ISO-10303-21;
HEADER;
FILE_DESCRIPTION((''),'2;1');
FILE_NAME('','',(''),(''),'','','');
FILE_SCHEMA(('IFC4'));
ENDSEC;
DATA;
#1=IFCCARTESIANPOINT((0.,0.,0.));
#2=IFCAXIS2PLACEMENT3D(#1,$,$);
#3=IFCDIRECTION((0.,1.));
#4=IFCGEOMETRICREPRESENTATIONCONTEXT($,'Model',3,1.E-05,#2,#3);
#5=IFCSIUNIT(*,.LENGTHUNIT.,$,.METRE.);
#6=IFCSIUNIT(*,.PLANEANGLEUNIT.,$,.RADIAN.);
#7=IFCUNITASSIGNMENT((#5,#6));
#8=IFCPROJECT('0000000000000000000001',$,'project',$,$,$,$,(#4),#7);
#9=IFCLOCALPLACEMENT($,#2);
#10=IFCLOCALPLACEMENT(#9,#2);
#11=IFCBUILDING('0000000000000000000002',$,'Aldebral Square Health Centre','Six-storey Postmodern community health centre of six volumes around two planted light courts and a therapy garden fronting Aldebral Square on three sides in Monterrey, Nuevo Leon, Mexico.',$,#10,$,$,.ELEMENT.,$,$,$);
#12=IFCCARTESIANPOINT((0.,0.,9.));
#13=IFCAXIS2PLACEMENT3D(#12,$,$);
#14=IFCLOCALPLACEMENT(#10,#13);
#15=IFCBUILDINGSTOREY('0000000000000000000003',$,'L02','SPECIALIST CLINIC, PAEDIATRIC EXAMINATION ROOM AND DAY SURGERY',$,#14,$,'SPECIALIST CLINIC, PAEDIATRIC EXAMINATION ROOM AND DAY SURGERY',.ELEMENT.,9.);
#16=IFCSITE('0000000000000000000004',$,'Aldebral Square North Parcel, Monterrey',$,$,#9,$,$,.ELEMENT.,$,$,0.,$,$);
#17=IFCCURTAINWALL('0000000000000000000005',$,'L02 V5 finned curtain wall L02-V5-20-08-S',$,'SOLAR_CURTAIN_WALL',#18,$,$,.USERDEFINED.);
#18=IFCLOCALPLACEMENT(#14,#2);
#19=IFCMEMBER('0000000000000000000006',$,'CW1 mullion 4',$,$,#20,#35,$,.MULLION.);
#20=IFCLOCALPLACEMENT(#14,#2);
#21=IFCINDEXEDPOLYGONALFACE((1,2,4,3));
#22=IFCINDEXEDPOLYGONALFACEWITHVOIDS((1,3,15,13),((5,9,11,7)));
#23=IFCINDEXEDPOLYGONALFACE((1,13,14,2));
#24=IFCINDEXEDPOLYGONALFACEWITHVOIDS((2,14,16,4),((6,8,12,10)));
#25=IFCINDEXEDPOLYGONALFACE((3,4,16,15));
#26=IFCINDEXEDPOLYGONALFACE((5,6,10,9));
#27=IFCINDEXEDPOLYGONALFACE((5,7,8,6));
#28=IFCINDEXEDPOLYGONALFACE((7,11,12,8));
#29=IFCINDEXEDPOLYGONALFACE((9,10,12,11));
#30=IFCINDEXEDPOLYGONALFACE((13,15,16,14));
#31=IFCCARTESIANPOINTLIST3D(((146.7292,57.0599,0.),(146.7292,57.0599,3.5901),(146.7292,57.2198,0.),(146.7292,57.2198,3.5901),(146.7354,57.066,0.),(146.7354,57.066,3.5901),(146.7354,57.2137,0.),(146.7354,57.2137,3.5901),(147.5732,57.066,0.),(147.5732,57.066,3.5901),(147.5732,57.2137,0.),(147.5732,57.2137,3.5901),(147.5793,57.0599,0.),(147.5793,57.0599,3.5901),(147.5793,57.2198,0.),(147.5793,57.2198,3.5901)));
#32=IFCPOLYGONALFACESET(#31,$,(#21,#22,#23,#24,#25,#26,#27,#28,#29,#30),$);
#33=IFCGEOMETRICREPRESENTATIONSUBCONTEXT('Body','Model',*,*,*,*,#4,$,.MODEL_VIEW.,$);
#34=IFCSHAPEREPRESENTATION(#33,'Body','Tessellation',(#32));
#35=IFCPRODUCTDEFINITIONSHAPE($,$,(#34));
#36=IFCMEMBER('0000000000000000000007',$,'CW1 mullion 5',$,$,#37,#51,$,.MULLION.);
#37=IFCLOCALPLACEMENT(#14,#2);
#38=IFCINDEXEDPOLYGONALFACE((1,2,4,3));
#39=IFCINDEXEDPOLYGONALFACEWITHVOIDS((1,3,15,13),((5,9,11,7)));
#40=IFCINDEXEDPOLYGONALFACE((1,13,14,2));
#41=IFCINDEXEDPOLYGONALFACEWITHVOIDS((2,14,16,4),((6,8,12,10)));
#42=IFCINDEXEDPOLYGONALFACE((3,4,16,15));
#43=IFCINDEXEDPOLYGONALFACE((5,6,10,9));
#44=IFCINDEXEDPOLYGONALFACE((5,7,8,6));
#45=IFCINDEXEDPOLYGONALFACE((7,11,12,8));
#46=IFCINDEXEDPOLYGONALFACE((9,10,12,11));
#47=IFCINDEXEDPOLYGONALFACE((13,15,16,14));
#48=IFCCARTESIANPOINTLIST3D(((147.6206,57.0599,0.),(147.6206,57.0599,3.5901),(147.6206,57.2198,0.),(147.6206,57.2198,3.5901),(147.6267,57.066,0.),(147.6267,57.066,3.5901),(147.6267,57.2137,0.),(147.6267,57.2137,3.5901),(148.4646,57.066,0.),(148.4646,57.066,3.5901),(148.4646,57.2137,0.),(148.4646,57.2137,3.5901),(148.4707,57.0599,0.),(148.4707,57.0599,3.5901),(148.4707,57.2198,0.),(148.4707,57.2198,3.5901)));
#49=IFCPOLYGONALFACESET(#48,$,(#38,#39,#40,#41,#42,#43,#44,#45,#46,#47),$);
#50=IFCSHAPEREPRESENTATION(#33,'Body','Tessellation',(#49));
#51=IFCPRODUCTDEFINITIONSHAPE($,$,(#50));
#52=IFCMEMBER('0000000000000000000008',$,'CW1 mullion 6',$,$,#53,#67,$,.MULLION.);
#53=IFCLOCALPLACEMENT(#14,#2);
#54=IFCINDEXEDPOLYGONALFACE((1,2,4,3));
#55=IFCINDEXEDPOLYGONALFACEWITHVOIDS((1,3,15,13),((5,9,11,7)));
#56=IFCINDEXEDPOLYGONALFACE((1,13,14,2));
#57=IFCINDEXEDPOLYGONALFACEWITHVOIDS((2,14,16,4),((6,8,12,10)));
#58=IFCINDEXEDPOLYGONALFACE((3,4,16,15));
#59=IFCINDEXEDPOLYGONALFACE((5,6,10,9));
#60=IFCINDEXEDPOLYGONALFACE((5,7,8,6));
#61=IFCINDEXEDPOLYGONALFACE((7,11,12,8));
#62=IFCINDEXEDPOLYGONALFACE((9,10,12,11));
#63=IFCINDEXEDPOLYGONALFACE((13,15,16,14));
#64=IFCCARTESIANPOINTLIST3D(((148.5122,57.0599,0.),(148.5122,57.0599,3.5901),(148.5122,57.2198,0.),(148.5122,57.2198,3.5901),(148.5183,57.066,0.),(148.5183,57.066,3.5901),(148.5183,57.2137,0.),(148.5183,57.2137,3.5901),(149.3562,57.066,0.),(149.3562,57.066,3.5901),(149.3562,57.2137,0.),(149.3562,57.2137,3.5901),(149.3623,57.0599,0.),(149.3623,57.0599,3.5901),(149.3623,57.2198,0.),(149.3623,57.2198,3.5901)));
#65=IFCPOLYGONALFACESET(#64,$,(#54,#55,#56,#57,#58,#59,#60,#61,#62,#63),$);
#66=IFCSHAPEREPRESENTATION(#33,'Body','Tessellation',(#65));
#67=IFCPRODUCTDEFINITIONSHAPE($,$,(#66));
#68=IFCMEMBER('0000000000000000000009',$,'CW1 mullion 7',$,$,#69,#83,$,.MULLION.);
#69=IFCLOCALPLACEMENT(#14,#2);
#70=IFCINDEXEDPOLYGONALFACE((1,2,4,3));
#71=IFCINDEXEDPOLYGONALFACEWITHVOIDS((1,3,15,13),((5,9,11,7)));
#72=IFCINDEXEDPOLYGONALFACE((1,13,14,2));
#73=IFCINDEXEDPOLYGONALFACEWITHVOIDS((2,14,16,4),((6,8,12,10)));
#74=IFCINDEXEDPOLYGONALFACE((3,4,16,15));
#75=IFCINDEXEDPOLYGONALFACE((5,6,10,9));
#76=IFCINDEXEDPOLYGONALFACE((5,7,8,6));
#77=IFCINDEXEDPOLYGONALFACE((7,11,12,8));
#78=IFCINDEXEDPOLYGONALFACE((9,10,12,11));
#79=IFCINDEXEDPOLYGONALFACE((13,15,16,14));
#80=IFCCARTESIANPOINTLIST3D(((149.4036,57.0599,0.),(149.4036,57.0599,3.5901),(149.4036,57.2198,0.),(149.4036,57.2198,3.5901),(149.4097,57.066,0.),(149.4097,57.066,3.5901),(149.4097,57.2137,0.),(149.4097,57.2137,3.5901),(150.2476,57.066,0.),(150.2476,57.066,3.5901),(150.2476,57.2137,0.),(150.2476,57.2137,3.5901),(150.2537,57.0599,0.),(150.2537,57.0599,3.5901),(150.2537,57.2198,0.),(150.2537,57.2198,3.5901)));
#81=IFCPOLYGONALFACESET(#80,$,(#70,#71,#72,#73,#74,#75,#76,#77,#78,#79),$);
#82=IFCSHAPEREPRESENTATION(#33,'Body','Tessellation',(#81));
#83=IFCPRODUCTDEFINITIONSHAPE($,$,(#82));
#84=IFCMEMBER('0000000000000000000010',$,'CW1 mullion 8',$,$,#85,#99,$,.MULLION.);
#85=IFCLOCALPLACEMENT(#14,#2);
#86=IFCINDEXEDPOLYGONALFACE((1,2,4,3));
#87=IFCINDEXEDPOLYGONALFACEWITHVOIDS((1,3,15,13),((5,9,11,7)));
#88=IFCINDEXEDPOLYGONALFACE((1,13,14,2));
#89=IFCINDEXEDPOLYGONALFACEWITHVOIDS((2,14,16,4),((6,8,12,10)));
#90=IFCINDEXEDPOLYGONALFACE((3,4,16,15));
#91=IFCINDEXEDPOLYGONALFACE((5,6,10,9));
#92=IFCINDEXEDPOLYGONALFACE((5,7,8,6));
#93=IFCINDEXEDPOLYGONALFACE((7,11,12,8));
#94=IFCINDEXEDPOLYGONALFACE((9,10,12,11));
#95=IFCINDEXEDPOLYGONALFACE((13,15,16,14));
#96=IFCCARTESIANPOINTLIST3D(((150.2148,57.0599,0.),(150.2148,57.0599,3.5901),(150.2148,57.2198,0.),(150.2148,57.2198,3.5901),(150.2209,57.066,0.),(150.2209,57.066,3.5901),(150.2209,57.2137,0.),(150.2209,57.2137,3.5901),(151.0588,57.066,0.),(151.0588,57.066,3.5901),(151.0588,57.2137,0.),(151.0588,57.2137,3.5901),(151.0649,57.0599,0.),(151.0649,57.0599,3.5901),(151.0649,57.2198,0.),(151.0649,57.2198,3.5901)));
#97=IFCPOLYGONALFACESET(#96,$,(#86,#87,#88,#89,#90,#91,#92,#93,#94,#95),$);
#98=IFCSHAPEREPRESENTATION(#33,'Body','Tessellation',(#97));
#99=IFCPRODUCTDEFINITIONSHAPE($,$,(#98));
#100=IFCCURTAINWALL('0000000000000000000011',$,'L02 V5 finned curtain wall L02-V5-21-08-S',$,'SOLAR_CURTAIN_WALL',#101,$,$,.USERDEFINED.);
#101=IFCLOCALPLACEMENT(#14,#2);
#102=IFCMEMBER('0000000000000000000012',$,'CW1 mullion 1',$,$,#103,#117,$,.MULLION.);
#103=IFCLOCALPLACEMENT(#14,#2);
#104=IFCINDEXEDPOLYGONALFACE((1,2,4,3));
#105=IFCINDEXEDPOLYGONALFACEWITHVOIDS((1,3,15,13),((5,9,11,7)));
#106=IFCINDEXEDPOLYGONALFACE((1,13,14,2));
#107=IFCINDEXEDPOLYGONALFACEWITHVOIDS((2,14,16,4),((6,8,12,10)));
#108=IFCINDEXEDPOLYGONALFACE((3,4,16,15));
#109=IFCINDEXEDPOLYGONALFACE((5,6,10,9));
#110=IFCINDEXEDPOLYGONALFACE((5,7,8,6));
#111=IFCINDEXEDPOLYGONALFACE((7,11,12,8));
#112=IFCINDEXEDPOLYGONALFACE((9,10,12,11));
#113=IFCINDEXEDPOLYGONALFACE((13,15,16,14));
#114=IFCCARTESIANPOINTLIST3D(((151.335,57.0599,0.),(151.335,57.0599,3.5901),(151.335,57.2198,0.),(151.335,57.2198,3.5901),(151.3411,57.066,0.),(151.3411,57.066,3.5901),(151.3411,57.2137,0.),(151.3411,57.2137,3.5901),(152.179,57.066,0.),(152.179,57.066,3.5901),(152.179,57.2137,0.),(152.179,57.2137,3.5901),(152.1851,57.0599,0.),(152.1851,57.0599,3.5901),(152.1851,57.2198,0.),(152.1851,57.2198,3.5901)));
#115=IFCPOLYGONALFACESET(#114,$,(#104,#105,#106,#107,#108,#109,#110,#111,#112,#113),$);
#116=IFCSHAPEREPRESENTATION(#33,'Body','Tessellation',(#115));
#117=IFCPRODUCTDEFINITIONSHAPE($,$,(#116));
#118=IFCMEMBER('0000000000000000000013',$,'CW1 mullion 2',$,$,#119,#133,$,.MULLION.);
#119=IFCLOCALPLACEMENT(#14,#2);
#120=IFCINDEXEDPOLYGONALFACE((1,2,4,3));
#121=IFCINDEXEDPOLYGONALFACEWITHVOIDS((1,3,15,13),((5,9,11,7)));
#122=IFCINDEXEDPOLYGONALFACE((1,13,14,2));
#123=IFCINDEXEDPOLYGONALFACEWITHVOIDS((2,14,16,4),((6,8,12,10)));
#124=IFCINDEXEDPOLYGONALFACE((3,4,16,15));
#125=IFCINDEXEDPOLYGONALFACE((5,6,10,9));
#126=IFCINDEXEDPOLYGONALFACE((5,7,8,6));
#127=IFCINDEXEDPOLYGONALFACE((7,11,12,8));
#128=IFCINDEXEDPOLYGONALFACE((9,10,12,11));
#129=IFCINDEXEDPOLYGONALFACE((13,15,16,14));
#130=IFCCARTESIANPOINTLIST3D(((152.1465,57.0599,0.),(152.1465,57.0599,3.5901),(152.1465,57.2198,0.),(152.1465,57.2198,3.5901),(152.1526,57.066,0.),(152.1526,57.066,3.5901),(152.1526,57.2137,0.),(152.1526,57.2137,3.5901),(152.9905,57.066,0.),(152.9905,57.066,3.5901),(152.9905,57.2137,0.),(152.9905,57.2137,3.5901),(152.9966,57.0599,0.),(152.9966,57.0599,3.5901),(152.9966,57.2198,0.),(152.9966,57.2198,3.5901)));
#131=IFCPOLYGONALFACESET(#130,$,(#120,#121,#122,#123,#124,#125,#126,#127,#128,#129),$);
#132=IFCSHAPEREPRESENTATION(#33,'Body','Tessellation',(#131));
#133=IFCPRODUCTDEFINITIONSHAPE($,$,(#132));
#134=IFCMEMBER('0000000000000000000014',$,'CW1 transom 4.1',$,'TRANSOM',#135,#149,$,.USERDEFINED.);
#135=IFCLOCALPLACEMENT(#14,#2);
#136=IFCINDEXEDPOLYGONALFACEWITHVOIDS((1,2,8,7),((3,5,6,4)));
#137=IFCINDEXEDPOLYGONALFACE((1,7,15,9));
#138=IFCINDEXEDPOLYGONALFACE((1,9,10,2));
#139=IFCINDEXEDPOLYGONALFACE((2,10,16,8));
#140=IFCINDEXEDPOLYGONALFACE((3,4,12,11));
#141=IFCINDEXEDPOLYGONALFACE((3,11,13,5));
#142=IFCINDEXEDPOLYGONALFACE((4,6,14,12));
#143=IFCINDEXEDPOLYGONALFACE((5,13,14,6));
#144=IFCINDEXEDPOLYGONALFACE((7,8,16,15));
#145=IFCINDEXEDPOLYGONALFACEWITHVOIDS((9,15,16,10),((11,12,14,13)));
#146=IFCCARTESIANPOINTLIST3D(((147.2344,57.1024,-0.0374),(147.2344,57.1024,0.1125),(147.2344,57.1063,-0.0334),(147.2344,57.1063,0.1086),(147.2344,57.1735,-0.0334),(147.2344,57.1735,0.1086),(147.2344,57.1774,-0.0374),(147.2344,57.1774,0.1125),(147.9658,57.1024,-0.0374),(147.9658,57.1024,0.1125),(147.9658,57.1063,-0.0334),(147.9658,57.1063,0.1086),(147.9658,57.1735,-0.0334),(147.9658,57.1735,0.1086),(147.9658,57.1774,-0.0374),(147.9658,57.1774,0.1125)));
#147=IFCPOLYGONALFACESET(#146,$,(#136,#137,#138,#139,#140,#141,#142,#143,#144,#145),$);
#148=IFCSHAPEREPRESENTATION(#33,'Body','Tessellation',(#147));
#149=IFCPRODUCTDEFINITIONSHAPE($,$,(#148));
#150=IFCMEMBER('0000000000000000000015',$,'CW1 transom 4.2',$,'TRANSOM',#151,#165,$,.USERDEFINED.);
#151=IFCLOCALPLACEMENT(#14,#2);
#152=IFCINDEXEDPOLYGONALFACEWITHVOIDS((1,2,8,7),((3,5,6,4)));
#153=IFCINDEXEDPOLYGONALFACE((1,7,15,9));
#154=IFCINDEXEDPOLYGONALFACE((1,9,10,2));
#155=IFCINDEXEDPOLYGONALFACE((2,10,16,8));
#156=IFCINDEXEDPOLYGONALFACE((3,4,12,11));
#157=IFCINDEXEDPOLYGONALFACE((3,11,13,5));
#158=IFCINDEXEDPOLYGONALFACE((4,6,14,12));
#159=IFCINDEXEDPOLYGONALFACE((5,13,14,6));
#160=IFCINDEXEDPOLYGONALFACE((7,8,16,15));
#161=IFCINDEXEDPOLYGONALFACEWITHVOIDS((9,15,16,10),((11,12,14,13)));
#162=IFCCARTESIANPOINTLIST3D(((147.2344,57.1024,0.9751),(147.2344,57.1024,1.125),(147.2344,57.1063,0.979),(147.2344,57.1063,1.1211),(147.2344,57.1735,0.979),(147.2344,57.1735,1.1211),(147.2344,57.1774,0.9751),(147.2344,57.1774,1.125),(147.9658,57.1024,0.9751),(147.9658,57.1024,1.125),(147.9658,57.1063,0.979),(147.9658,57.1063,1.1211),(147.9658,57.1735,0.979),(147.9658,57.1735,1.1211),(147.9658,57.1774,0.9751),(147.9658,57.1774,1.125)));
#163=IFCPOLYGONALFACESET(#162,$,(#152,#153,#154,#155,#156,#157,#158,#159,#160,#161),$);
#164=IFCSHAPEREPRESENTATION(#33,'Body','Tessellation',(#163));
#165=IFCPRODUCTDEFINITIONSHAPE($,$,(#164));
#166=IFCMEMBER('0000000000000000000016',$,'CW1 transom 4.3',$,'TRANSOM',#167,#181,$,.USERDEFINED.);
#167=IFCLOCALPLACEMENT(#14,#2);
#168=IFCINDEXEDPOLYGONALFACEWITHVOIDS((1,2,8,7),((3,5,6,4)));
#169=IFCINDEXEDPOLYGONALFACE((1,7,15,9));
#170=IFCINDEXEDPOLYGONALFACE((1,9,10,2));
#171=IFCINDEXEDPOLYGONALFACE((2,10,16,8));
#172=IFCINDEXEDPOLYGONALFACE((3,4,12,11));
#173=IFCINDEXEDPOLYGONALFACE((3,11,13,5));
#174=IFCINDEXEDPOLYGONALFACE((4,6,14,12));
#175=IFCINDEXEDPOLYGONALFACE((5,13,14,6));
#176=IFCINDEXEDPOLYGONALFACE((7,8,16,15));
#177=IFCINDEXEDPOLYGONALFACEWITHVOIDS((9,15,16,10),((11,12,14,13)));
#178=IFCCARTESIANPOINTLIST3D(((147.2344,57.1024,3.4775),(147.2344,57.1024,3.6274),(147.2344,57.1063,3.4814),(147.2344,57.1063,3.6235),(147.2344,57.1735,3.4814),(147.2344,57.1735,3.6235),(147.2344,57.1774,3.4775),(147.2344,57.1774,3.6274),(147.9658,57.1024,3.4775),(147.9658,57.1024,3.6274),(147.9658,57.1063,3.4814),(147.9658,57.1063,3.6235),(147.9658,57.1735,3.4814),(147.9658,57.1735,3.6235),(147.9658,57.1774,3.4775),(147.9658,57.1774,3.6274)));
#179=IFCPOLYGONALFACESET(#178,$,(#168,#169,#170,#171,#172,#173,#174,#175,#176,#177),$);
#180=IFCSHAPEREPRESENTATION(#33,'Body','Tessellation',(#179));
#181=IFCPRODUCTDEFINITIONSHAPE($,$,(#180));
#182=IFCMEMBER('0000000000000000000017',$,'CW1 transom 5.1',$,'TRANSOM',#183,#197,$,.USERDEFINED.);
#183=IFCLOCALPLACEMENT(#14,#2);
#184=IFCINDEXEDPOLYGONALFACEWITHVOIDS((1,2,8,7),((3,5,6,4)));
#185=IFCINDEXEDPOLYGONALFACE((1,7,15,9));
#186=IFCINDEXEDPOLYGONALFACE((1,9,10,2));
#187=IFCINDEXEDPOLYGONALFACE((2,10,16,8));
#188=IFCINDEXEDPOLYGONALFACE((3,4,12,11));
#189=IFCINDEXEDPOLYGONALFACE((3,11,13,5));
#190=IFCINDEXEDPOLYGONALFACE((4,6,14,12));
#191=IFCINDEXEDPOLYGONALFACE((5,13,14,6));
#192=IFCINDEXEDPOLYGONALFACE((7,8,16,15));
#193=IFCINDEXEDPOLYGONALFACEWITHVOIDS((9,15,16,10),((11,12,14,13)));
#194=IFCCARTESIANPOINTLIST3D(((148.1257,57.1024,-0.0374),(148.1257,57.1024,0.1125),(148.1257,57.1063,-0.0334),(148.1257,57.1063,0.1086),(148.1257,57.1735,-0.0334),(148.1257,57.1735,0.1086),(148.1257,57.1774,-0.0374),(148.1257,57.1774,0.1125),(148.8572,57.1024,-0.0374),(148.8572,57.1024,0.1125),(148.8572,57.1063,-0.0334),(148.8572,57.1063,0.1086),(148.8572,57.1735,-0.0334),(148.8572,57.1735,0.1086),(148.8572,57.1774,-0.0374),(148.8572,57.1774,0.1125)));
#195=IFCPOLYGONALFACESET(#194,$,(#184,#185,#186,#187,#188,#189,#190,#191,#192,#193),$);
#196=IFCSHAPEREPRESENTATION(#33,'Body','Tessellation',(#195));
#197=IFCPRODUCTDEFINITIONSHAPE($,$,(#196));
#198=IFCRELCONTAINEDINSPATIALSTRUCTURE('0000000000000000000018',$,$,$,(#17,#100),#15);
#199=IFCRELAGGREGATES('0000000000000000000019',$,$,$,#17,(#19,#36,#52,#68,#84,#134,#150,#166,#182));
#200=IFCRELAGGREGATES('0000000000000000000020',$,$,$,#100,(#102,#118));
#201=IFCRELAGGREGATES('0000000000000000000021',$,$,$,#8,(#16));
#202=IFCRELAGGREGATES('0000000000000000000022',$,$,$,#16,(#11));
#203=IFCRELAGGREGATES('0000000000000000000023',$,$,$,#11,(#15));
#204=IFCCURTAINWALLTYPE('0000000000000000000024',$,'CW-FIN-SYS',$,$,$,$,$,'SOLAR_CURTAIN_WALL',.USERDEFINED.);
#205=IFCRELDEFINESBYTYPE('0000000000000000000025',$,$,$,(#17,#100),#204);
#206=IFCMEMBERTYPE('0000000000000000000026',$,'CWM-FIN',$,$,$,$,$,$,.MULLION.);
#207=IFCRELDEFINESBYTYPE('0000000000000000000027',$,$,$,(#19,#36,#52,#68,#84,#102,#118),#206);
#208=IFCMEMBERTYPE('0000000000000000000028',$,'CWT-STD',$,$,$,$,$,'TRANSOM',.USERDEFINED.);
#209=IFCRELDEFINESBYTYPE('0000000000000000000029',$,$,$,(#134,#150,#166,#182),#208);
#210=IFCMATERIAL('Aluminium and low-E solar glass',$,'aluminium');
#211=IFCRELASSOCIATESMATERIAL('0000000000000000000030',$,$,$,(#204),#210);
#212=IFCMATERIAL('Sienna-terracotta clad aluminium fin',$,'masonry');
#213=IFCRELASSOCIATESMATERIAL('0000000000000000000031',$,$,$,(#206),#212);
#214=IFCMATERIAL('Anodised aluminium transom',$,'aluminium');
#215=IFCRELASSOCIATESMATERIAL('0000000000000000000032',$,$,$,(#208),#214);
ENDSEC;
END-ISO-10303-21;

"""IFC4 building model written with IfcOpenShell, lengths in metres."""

from ifc_helpers import new_model, si_unit, direction, frame, origin, origin_2d, place, context, subcontext, project, spatial, hollow_rectangle, extrude, material, material_profile, profile_set, type_object, element, aggregate, save


model = new_model("IFC4")

# Units and contexts
model_context = context("Model", 3, precision=1e-05, world=origin(), true_north=direction((0.0, 1.0)))
body_context = subcontext(model_context, "Body", "Model", "MODEL_VIEW")
ifc_project = project(units=[si_unit("LENGTHUNIT", "METRE"), si_unit("PLANEANGLEUNIT", "RADIAN")], contexts=[model_context])

# Site, building, storey
site_placement = place(None, origin())
site = spatial("IfcSite", under=ifc_project, at=site_placement, Name="Aldebral Square North Parcel, Monterrey", CompositionType="ELEMENT", RefElevation=0.0)
building_placement = place(site_placement, origin())
building = spatial("IfcBuilding", under=site, at=building_placement, Name="Aldebral Square Health Centre", Description="Six-storey Postmodern community health centre of six volumes around two planted light courts and a therapy garden fronting Aldebral Square on three sides in Monterrey, Nuevo Leon, Mexico.", CompositionType="ELEMENT")
storey_placement = place(building_placement, frame((0.0, 0.0, 9.0)))
storey = spatial("IfcBuildingStorey", under=building, at=storey_placement, Name="L02", Description="SPECIALIST CLINIC, PAEDIATRIC EXAMINATION ROOM AND DAY SURGERY", LongName="SPECIALIST CLINIC, PAEDIATRIC EXAMINATION ROOM AND DAY SURGERY", CompositionType="ELEMENT", Elevation=9.0)

# Curtain walls, members
ifc_material_1 = material(Name="Aluminium and low-E solar glass", Category="aluminium")
curtain_wall_type = type_object("IfcCurtainWallType", Name="CW-FIN-SYS", ElementType="SOLAR_CURTAIN_WALL", PredefinedType="USERDEFINED", material=ifc_material_1)
curtain_wall_1_placement = place(storey_placement, origin())
curtain_wall_1 = element("IfcCurtainWall", 1, at=curtain_wall_1_placement, inside=storey, type_object=curtain_wall_type, Name="L02 V5 finned curtain wall L02-V5-20-08-S", ObjectType="SOLAR_CURTAIN_WALL", PredefinedType="USERDEFINED")
ifc_material_2 = material(Name="Sienna-terracotta clad aluminium fin", Category="masonry")
ifc_material_profile_1 = material_profile(ifc_material_2, hollow_rectangle(XDim=0.1599, YDim=0.8501, WallThickness=0.0061, at=origin_2d()), Name="FIN 160x850x6")
ifc_profile_set_1 = profile_set([ifc_material_profile_1], Name="Sienna-terracotta clad aluminium fin")
member_type_1 = type_object("IfcMemberType", Name="CWM-FIN", PredefinedType="MULLION", material=ifc_profile_set_1)
member_1_placement = place(storey_placement, frame((147.1543, 57.1399, 0.0), z_axis=(0.0, 0.0, 1.0), x_axis=(0.0, 1.0, 0.0)))
member_1 = element("IfcMember", 2, at=member_1_placement, type_object=member_type_1, Name="CW1 mullion 4", PredefinedType="MULLION", context=body_context, shape_type="SweptSolid", body=[
    extrude(hollow_rectangle(XDim=0.1599, YDim=0.8501, WallThickness=0.0061, at=origin_2d()), origin(), (0.0, 0.0, 1.0), 3.5901),
])
member_2_placement = place(storey_placement, frame((148.0457, 57.1399, 0.0), z_axis=(0.0, 0.0, 1.0), x_axis=(0.0, 1.0, 0.0)))
member_2 = element("IfcMember", 3, at=member_2_placement, type_object=member_type_1, Name="CW1 mullion 5", PredefinedType="MULLION", context=body_context, shape_type="SweptSolid", body=[
    extrude(hollow_rectangle(XDim=0.1599, YDim=0.8501, WallThickness=0.0061, at=origin_2d()), origin(), (0.0, 0.0, 1.0), 3.5901),
])
member_3_placement = place(storey_placement, frame((148.9373, 57.1399, 0.0), z_axis=(0.0, 0.0, 1.0), x_axis=(0.0, 1.0, 0.0)))
member_3 = element("IfcMember", 4, at=member_3_placement, type_object=member_type_1, Name="CW1 mullion 6", PredefinedType="MULLION", context=body_context, shape_type="SweptSolid", body=[
    extrude(hollow_rectangle(XDim=0.1599, YDim=0.8501, WallThickness=0.0061, at=origin_2d()), origin(), (0.0, 0.0, 1.0), 3.5901),
])
member_4_placement = place(storey_placement, frame((149.8286, 57.1399, 0.0), z_axis=(0.0, 0.0, 1.0), x_axis=(0.0, 1.0, 0.0)))
member_4 = element("IfcMember", 5, at=member_4_placement, type_object=member_type_1, Name="CW1 mullion 7", PredefinedType="MULLION", context=body_context, shape_type="SweptSolid", body=[
    extrude(hollow_rectangle(XDim=0.1599, YDim=0.8501, WallThickness=0.0061, at=origin_2d()), origin(), (0.0, 0.0, 1.0), 3.5901),
])
member_5_placement = place(storey_placement, frame((150.6399, 57.1399, 0.0), z_axis=(0.0, 0.0, 1.0), x_axis=(0.0, 1.0, 0.0)))
member_5 = element("IfcMember", 6, at=member_5_placement, type_object=member_type_1, Name="CW1 mullion 8", PredefinedType="MULLION", context=body_context, shape_type="SweptSolid", body=[
    extrude(hollow_rectangle(XDim=0.1599, YDim=0.8501, WallThickness=0.0061, at=origin_2d()), origin(), (0.0, 0.0, 1.0), 3.5901),
])
curtain_wall_2_placement = place(storey_placement, origin())
curtain_wall_2 = element("IfcCurtainWall", 7, at=curtain_wall_2_placement, inside=storey, type_object=curtain_wall_type, Name="L02 V5 finned curtain wall L02-V5-21-08-S", ObjectType="SOLAR_CURTAIN_WALL", PredefinedType="USERDEFINED")
member_6_placement = place(storey_placement, frame((151.76, 57.1399, 0.0), z_axis=(0.0, 0.0, 1.0), x_axis=(0.0, 1.0, 0.0)))
member_6 = element("IfcMember", 8, at=member_6_placement, type_object=member_type_1, Name="CW1 mullion 1", PredefinedType="MULLION", context=body_context, shape_type="SweptSolid", body=[
    extrude(hollow_rectangle(XDim=0.1599, YDim=0.8501, WallThickness=0.0061, at=origin_2d()), origin(), (0.0, 0.0, 1.0), 3.5901),
])
member_7_placement = place(storey_placement, frame((152.5715, 57.1399, 0.0), z_axis=(0.0, 0.0, 1.0), x_axis=(0.0, 1.0, 0.0)))
member_7 = element("IfcMember", 9, at=member_7_placement, type_object=member_type_1, Name="CW1 mullion 2", PredefinedType="MULLION", context=body_context, shape_type="SweptSolid", body=[
    extrude(hollow_rectangle(XDim=0.1599, YDim=0.8501, WallThickness=0.0061, at=origin_2d()), origin(), (0.0, 0.0, 1.0), 3.5901),
])

# Members
ifc_material_3 = material(Name="Anodised aluminium transom", Category="aluminium")
ifc_material_profile_2 = material_profile(ifc_material_3, hollow_rectangle(XDim=0.075, YDim=0.1499, WallThickness=0.0039, at=origin_2d()), Name="CWT 75x150x4")
ifc_profile_set_2 = profile_set([ifc_material_profile_2], Name="Anodised aluminium transom")
member_type_2 = type_object("IfcMemberType", Name="CWT-STD", ElementType="TRANSOM", PredefinedType="USERDEFINED", material=ifc_profile_set_2)
member_8_placement = place(storey_placement, frame((147.2344, 57.1399, 0.0376), z_axis=(1.0, 0.0, 0.0), x_axis=(0.0, 1.0, 0.0)))
member_8 = element("IfcMember", 10, at=member_8_placement, type_object=member_type_2, Name="CW1 transom 4.1", ObjectType="TRANSOM", PredefinedType="USERDEFINED", context=body_context, shape_type="SweptSolid", body=[
    extrude(hollow_rectangle(XDim=0.075, YDim=0.1499, WallThickness=0.0039, at=origin_2d()), origin(), (0.0, 0.0, 1.0), 0.7314),
])
member_9_placement = place(storey_placement, frame((147.2344, 57.1399, 1.05), z_axis=(1.0, 0.0, 0.0), x_axis=(0.0, 1.0, 0.0)))
member_9 = element("IfcMember", 11, at=member_9_placement, type_object=member_type_2, Name="CW1 transom 4.2", ObjectType="TRANSOM", PredefinedType="USERDEFINED", context=body_context, shape_type="SweptSolid", body=[
    extrude(hollow_rectangle(XDim=0.075, YDim=0.1499, WallThickness=0.0039, at=origin_2d()), origin(), (0.0, 0.0, 1.0), 0.7314),
])
member_10_placement = place(storey_placement, frame((147.2344, 57.1399, 3.5525), z_axis=(1.0, 0.0, 0.0), x_axis=(0.0, 1.0, 0.0)))
member_10 = element("IfcMember", 12, at=member_10_placement, type_object=member_type_2, Name="CW1 transom 4.3", ObjectType="TRANSOM", PredefinedType="USERDEFINED", context=body_context, shape_type="SweptSolid", body=[
    extrude(hollow_rectangle(XDim=0.075, YDim=0.1499, WallThickness=0.0039, at=origin_2d()), origin(), (0.0, 0.0, 1.0), 0.7314),
])
member_11_placement = place(storey_placement, frame((148.1257, 57.1399, 0.0376), z_axis=(1.0, 0.0, 0.0), x_axis=(0.0, 1.0, 0.0)))
member_11 = element("IfcMember", 13, at=member_11_placement, type_object=member_type_2, Name="CW1 transom 5.1", ObjectType="TRANSOM", PredefinedType="USERDEFINED", context=body_context, shape_type="SweptSolid", body=[
    extrude(hollow_rectangle(XDim=0.075, YDim=0.1499, WallThickness=0.0039, at=origin_2d()), origin(), (0.0, 0.0, 1.0), 0.7314),
])

aggregate(curtain_wall_1, [member_1, member_2, member_3, member_4, member_5, member_8, member_9, member_10, member_11])
aggregate(curtain_wall_2, [member_6, member_7])

save(model, "model.ifc")
